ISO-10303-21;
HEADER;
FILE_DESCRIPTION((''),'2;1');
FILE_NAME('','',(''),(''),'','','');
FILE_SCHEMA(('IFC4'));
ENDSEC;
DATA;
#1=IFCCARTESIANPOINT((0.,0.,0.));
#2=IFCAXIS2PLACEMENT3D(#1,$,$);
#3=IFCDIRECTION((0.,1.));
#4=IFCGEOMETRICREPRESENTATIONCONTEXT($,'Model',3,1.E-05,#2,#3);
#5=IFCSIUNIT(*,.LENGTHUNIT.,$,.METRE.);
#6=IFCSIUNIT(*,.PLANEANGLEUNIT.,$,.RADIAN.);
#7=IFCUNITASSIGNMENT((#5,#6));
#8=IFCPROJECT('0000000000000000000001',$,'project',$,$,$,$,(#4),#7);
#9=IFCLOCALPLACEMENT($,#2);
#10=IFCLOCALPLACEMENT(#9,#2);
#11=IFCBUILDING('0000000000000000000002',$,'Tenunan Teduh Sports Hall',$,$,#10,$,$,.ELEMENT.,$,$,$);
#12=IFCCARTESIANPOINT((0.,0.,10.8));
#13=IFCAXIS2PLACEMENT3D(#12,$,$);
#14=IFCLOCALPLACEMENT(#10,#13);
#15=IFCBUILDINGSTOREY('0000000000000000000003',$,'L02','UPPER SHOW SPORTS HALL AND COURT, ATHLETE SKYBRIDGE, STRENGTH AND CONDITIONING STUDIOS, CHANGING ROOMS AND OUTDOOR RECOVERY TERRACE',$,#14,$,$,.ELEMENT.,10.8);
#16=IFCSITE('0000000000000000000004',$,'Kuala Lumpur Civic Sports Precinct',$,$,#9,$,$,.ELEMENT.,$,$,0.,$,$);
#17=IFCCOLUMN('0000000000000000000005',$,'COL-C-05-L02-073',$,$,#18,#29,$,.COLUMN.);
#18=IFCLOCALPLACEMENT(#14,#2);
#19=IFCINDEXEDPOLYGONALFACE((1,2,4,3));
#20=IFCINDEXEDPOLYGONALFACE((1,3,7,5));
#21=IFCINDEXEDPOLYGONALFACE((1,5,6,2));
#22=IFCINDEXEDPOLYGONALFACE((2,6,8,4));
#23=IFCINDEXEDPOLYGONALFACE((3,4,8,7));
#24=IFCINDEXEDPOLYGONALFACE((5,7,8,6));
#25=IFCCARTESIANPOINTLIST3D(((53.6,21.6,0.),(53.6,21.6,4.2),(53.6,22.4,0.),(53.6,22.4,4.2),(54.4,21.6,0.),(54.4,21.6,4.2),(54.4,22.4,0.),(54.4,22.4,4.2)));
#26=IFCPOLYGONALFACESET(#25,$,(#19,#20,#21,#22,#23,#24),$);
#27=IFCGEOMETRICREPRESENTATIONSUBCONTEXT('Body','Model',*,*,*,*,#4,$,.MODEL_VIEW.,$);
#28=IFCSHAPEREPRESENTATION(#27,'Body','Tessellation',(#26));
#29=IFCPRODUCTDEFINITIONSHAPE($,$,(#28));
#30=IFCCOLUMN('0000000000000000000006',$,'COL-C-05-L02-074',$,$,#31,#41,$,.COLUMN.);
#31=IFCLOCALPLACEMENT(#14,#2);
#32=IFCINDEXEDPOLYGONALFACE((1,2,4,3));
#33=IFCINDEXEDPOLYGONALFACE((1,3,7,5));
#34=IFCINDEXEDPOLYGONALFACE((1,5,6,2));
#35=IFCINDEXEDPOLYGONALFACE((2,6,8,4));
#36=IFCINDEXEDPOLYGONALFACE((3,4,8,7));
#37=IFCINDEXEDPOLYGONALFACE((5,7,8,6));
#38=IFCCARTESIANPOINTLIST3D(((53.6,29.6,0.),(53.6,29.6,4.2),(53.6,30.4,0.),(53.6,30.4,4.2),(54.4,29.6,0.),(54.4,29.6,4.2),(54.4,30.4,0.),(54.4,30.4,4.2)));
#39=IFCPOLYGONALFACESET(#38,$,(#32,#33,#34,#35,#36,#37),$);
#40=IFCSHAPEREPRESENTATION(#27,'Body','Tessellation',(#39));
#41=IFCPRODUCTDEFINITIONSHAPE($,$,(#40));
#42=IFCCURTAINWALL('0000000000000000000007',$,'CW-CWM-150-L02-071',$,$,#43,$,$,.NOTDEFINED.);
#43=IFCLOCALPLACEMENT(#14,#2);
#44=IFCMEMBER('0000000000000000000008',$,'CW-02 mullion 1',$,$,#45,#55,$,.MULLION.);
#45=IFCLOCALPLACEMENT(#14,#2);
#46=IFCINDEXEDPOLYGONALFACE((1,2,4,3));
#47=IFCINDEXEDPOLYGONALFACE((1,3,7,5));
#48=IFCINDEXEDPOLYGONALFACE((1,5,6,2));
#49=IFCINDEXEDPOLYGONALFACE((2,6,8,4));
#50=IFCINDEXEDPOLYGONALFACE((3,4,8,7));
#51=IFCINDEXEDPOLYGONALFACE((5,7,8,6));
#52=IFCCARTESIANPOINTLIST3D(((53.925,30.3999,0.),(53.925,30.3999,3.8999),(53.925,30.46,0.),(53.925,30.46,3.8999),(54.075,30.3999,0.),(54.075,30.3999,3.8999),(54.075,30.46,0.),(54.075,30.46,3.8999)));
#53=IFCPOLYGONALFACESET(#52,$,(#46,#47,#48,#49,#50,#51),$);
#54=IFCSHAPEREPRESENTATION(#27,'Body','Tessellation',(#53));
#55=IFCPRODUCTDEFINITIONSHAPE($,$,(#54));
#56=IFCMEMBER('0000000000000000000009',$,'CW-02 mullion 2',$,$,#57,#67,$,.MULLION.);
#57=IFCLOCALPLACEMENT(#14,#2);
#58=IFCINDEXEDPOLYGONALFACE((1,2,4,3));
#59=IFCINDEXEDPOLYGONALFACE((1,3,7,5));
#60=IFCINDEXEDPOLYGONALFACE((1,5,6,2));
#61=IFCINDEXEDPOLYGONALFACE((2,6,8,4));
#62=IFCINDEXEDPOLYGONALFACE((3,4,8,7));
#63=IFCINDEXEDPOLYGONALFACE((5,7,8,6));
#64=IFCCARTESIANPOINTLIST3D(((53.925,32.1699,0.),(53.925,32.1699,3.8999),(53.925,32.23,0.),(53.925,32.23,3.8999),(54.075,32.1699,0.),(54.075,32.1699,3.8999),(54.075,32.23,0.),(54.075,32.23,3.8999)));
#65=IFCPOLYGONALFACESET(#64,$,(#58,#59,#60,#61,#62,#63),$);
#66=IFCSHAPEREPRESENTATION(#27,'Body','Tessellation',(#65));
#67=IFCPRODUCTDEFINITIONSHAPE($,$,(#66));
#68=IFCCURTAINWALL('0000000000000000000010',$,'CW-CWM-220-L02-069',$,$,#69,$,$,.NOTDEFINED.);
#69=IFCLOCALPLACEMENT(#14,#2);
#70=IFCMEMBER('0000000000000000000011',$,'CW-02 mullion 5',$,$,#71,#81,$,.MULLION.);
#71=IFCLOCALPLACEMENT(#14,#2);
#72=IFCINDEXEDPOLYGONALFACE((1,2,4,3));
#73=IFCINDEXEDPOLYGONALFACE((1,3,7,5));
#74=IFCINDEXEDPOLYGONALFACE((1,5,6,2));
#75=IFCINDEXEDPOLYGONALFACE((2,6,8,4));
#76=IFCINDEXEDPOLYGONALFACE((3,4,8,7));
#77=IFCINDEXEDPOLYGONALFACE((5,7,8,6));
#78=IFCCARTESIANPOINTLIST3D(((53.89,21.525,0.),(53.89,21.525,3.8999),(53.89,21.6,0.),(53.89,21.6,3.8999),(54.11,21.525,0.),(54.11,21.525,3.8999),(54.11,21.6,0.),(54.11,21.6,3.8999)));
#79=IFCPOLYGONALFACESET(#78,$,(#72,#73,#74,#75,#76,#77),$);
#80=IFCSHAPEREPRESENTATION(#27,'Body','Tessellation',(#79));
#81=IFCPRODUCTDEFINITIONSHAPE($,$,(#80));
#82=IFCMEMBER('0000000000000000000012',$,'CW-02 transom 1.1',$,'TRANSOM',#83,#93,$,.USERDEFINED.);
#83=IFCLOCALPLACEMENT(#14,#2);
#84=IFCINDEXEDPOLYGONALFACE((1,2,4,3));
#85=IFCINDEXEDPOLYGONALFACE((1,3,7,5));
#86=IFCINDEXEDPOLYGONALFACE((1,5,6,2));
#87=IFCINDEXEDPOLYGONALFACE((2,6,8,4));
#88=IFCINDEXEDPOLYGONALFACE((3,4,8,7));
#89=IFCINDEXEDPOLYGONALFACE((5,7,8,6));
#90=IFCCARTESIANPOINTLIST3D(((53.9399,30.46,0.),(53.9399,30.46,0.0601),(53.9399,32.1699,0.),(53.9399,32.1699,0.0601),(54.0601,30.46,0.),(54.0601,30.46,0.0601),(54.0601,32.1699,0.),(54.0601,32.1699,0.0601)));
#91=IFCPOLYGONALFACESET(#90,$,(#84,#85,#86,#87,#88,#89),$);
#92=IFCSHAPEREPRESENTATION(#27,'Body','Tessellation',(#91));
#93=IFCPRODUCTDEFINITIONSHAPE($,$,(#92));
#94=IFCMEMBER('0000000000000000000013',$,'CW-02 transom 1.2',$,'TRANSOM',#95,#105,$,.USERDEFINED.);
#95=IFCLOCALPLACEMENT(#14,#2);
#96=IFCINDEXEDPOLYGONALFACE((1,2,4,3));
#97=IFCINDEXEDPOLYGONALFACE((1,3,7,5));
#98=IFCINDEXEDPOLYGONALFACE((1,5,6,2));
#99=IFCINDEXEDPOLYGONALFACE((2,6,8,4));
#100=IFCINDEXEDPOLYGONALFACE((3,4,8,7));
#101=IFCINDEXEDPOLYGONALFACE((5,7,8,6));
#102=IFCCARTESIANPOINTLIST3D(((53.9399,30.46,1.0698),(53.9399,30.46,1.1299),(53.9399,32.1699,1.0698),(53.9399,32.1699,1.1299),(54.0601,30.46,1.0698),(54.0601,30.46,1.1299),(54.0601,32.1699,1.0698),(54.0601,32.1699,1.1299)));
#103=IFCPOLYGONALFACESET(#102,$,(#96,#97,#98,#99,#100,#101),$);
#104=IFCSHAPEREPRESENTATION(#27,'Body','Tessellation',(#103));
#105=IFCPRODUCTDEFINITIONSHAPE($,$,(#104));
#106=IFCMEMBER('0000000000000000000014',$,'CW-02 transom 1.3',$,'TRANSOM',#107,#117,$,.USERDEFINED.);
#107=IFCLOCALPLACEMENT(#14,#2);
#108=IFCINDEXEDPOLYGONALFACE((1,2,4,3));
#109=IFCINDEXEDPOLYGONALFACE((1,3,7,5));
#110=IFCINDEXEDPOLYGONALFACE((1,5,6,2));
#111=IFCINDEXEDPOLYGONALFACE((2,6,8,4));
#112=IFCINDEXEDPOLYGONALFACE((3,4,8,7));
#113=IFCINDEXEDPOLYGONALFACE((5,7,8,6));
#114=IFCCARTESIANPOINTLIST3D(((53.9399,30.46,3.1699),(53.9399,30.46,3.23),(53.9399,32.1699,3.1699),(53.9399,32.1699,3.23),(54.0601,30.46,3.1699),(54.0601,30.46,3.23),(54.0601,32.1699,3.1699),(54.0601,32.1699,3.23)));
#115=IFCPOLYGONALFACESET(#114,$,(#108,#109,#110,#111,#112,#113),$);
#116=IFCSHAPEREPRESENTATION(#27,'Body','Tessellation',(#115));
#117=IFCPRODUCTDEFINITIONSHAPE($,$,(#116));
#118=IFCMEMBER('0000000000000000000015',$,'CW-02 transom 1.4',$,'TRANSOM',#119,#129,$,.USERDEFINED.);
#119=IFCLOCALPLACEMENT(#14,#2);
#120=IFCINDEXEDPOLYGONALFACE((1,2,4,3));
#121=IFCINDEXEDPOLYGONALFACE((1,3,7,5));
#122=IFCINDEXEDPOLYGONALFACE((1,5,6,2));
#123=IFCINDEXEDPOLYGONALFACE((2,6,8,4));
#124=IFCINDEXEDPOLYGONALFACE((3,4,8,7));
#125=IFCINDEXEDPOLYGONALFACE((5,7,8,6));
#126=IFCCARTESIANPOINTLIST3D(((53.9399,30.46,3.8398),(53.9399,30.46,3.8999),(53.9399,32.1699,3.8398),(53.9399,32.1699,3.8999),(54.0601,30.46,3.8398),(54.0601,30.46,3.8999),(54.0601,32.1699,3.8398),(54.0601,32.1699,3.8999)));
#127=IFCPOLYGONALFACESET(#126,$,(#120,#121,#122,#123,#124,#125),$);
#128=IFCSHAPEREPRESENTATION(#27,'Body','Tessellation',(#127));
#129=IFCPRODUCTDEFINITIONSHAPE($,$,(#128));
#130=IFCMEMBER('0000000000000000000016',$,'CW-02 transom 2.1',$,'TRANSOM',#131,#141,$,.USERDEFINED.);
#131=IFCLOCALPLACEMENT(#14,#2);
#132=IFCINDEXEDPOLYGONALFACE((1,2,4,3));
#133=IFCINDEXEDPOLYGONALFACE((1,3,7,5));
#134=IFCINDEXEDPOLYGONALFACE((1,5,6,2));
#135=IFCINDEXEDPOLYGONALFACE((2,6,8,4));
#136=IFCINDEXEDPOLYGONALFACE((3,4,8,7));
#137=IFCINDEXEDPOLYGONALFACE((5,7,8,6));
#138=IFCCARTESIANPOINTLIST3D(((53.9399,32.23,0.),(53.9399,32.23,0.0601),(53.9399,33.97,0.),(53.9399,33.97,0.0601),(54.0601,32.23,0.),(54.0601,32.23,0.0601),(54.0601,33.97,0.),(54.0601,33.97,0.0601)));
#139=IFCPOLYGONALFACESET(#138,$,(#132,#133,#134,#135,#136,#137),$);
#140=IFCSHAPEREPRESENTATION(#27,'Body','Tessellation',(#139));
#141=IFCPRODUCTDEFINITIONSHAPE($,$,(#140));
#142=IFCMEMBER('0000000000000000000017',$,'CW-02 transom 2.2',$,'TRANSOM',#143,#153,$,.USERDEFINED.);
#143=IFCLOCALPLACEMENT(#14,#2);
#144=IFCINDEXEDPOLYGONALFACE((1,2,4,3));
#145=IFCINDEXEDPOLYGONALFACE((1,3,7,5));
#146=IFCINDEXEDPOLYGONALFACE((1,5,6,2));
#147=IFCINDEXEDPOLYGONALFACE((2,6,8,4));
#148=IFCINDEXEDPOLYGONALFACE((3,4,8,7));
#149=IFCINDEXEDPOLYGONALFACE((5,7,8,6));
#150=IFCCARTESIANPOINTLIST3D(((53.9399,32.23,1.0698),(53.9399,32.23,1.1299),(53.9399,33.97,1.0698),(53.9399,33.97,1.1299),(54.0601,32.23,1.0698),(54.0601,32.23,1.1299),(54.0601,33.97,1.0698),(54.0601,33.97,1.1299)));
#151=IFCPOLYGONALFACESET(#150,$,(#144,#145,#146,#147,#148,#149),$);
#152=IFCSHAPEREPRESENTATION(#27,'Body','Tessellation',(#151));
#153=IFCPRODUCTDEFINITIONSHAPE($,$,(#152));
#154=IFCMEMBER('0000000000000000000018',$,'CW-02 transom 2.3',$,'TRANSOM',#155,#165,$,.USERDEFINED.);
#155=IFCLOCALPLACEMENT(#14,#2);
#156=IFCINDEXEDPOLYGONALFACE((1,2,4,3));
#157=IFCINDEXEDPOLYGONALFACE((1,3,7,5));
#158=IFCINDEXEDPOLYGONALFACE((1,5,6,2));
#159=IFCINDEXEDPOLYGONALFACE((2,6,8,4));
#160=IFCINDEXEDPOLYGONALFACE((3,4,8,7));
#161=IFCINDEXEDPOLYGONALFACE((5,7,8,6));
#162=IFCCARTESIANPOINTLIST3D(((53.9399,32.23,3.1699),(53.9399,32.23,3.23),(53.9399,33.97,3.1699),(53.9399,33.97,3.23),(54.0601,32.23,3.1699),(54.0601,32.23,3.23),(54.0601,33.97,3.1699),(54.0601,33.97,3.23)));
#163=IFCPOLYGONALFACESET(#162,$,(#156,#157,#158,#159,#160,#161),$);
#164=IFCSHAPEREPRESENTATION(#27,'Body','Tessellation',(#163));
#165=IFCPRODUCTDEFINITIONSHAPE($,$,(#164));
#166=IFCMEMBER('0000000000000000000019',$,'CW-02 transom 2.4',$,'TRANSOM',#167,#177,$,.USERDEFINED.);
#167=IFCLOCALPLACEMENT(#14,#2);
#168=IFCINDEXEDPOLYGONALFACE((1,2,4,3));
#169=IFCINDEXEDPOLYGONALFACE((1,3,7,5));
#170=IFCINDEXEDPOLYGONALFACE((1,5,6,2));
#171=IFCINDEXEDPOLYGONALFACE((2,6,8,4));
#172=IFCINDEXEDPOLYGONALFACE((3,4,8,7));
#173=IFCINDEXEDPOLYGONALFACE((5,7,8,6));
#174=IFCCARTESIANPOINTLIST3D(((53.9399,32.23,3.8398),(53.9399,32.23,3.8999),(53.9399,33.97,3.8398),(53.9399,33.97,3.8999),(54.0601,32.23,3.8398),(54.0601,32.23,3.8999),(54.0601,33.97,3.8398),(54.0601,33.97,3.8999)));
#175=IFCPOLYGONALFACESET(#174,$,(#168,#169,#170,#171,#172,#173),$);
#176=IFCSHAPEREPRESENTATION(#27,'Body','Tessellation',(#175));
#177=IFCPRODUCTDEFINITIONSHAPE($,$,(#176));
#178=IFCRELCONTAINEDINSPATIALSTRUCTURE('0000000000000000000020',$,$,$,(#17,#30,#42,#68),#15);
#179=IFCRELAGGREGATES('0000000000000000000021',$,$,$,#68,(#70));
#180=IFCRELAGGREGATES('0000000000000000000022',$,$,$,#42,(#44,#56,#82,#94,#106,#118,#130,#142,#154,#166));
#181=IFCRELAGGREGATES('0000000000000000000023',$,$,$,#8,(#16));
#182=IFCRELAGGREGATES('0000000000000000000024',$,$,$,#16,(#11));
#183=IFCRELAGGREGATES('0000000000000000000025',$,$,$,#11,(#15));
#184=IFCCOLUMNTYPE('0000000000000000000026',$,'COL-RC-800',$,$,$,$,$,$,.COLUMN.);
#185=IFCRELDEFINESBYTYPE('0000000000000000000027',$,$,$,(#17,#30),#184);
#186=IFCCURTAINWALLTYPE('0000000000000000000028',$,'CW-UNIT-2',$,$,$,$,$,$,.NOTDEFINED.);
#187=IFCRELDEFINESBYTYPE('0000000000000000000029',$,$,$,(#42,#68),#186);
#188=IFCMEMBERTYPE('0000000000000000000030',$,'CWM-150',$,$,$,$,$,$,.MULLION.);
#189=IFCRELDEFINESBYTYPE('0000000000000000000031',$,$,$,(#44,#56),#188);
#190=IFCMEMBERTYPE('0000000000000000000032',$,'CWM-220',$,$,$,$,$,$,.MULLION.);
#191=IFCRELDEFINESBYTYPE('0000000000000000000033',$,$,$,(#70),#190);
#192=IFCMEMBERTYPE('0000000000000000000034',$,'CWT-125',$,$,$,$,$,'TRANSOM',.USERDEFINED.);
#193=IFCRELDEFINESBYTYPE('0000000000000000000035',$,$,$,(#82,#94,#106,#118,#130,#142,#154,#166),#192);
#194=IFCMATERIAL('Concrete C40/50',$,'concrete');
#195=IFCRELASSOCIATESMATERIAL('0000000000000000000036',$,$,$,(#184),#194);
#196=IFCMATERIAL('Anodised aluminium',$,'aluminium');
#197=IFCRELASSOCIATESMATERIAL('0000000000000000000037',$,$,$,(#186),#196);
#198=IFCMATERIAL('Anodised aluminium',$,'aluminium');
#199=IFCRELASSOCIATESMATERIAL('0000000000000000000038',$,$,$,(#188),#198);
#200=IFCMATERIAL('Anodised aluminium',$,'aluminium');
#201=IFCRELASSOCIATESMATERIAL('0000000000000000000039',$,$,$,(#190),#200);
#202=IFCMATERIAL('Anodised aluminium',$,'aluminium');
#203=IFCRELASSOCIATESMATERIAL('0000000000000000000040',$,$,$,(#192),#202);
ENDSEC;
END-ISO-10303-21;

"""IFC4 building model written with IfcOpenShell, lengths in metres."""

from ifc_helpers import new_model, si_unit, direction, frame, origin, origin_2d, place, context, subcontext, project, spatial, rectangle, extrude, material, material_profile, profile_set, type_object, element, aggregate, save


model = new_model("IFC4")

# Units and contexts
model_context = context("Model", 3, precision=1e-05, world=origin(), true_north=direction((0.0, 1.0)))
body_context = subcontext(model_context, "Body", "Model", "MODEL_VIEW")
ifc_project = project(units=[si_unit("LENGTHUNIT", "METRE"), si_unit("PLANEANGLEUNIT", "RADIAN")], contexts=[model_context])

# Site, building, storey
site_placement = place(None, origin())
site = spatial("IfcSite", under=ifc_project, at=site_placement, Name="Kuala Lumpur Civic Sports Precinct", CompositionType="ELEMENT", RefElevation=0.0)
building_placement = place(site_placement, origin())
building = spatial("IfcBuilding", under=site, at=building_placement, Name="Tenunan Teduh Sports Hall", CompositionType="ELEMENT")
storey_placement = place(building_placement, frame((0.0, 0.0, 10.8)))
storey = spatial("IfcBuildingStorey", under=building, at=storey_placement, Name="L02", Description="UPPER SHOW SPORTS HALL AND COURT, ATHLETE SKYBRIDGE, STRENGTH AND CONDITIONING STUDIOS, CHANGING ROOMS AND OUTDOOR RECOVERY TERRACE", CompositionType="ELEMENT", Elevation=10.8)

# Columns
ifc_material_1 = material(Name="Concrete C40/50", Category="concrete")
ifc_material_profile_1 = material_profile(ifc_material_1, rectangle(XDim=0.8, YDim=0.8, at=origin_2d()), Name="RC 800x800")
ifc_profile_set_1 = profile_set([ifc_material_profile_1], Name="Concrete C40/50")
column_type = type_object("IfcColumnType", Name="COL-RC-800", PredefinedType="COLUMN", material=ifc_profile_set_1)
for number, where, z_axis, x_axis, name in (
    (1, (54.0, 22.0, 0.0), (0.0, 0.0, 1.0), (1.0, 0.0, 0.0), "COL-C-05-L02-073"),
    (2, (54.0, 30.0, 0.0), (0.0, 0.0, 1.0), (1.0, 0.0, 0.0), "COL-C-05-L02-074"),
):
    element("IfcColumn", number, at=place(storey_placement, frame(where, z_axis=z_axis, x_axis=x_axis)), inside=storey, type_object=column_type, Name=name, PredefinedType="COLUMN", context=body_context, shape_type="SweptSolid", body=[
        extrude(rectangle(XDim=0.8, YDim=0.8, at=origin_2d()), origin(), (0.0, 0.0, 1.0), 4.2),
    ])

# Curtain wall, members
ifc_material_2 = material(Name="Anodised aluminium", Category="aluminium")
curtain_wall_type = type_object("IfcCurtainWallType", Name="CW-UNIT-2", PredefinedType="NOTDEFINED", material=ifc_material_2)
curtain_wall_1_placement = place(storey_placement, origin())
curtain_wall_1 = element("IfcCurtainWall", 3, at=curtain_wall_1_placement, inside=storey, type_object=curtain_wall_type, Name="CW-CWM-150-L02-071", PredefinedType="NOTDEFINED")
ifc_material_3 = material(Name="Anodised aluminium", Category="aluminium")
ifc_material_profile_2 = material_profile(ifc_material_3, rectangle(XDim=0.0601, YDim=0.1499, at=origin_2d()), Name="CWM 60x150")
ifc_profile_set_2 = profile_set([ifc_material_profile_2], Name="Anodised aluminium")
member_type_1 = type_object("IfcMemberType", Name="CWM-150", PredefinedType="MULLION", material=ifc_profile_set_2)
member_1_placement = place(storey_placement, frame((54.0, 30.4299, 0.0), z_axis=(0.0, 0.0, 1.0), x_axis=(0.0, 1.0, 0.0)))
member_1 = element("IfcMember", 4, at=member_1_placement, type_object=member_type_1, Name="CW-02 mullion 1", PredefinedType="MULLION", context=body_context, shape_type="SweptSolid", body=[
    extrude(rectangle(XDim=0.0601, YDim=0.1499, at=origin_2d()), origin(), (0.0, 0.0, 1.0), 3.8999),
])
member_2_placement = place(storey_placement, frame((54.0, 32.2, 0.0), z_axis=(0.0, 0.0, 1.0), x_axis=(0.0, 1.0, 0.0)))
member_2 = element("IfcMember", 5, at=member_2_placement, type_object=member_type_1, Name="CW-02 mullion 2", PredefinedType="MULLION", context=body_context, shape_type="SweptSolid", body=[
    extrude(rectangle(XDim=0.0601, YDim=0.1499, at=origin_2d()), origin(), (0.0, 0.0, 1.0), 3.8999),
])

# Curtain wall, member
curtain_wall_2_placement = place(storey_placement, origin())
curtain_wall_2 = element("IfcCurtainWall", 6, at=curtain_wall_2_placement, inside=storey, type_object=curtain_wall_type, Name="CW-CWM-220-L02-069", PredefinedType="NOTDEFINED")
ifc_material_4 = material(Name="Anodised aluminium", Category="aluminium")
ifc_material_profile_3 = material_profile(ifc_material_4, rectangle(XDim=0.075, YDim=0.22, at=origin_2d()), Name="CWM 75x220")
ifc_profile_set_3 = profile_set([ifc_material_profile_3], Name="Anodised aluminium")
member_type_2 = type_object("IfcMemberType", Name="CWM-220", PredefinedType="MULLION", material=ifc_profile_set_3)
member_3_placement = place(storey_placement, frame((54.0, 21.5625, 0.0), z_axis=(0.0, 0.0, 1.0), x_axis=(0.0, 1.0, 0.0)))
member_3 = element("IfcMember", 7, at=member_3_placement, type_object=member_type_2, Name="CW-02 mullion 5", PredefinedType="MULLION", context=body_context, shape_type="SweptSolid", body=[
    extrude(rectangle(XDim=0.075, YDim=0.22, at=origin_2d()), origin(), (0.0, 0.0, 1.0), 3.8999),
])

# Members
ifc_material_5 = material(Name="Anodised aluminium", Category="aluminium")
ifc_material_profile_4 = material_profile(ifc_material_5, rectangle(XDim=0.0601, YDim=0.1201, at=origin_2d()), Name="CWT 60x120")
ifc_profile_set_4 = profile_set([ifc_material_profile_4], Name="Anodised aluminium")
member_type_3 = type_object("IfcMemberType", Name="CWT-125", ElementType="TRANSOM", PredefinedType="USERDEFINED", material=ifc_profile_set_4)
member_4_placement = place(storey_placement, frame((54.0, 30.46, 0.03), z_axis=(0.0, 1.0, 0.0), x_axis=(0.0, 0.0, 1.0)))
member_4 = element("IfcMember", 8, at=member_4_placement, type_object=member_type_3, Name="CW-02 transom 1.1", ObjectType="TRANSOM", PredefinedType="USERDEFINED", context=body_context, shape_type="SweptSolid", body=[
    extrude(rectangle(XDim=0.0601, YDim=0.1201, at=origin_2d()), origin(), (0.0, 0.0, 1.0), 1.71),
])
member_5_placement = place(storey_placement, frame((54.0, 30.46, 1.0999), z_axis=(0.0, 1.0, 0.0), x_axis=(0.0, 0.0, 1.0)))
member_5 = element("IfcMember", 9, at=member_5_placement, type_object=member_type_3, Name="CW-02 transom 1.2", ObjectType="TRANSOM", PredefinedType="USERDEFINED", context=body_context, shape_type="SweptSolid", body=[
    extrude(rectangle(XDim=0.0601, YDim=0.1201, at=origin_2d()), origin(), (0.0, 0.0, 1.0), 1.71),
])
member_6_placement = place(storey_placement, frame((54.0, 30.46, 3.2), z_axis=(0.0, 1.0, 0.0), x_axis=(0.0, 0.0, 1.0)))
member_6 = element("IfcMember", 10, at=member_6_placement, type_object=member_type_3, Name="CW-02 transom 1.3", ObjectType="TRANSOM", PredefinedType="USERDEFINED", context=body_context, shape_type="SweptSolid", body=[
    extrude(rectangle(XDim=0.0601, YDim=0.1201, at=origin_2d()), origin(), (0.0, 0.0, 1.0), 1.71),
])
member_7_placement = place(storey_placement, frame((54.0, 30.46, 3.8699), z_axis=(0.0, 1.0, 0.0), x_axis=(0.0, 0.0, 1.0)))
member_7 = element("IfcMember", 11, at=member_7_placement, type_object=member_type_3, Name="CW-02 transom 1.4", ObjectType="TRANSOM", PredefinedType="USERDEFINED", context=body_context, shape_type="SweptSolid", body=[
    extrude(rectangle(XDim=0.0601, YDim=0.1201, at=origin_2d()), origin(), (0.0, 0.0, 1.0), 1.71),
])
member_8_placement = place(storey_placement, frame((54.0, 32.23, 0.03), z_axis=(0.0, 1.0, 0.0), x_axis=(0.0, 0.0, 1.0)))
member_8 = element("IfcMember", 12, at=member_8_placement, type_object=member_type_3, Name="CW-02 transom 2.1", ObjectType="TRANSOM", PredefinedType="USERDEFINED", context=body_context, shape_type="SweptSolid", body=[
    extrude(rectangle(XDim=0.0601, YDim=0.1201, at=origin_2d()), origin(), (0.0, 0.0, 1.0), 1.74),
])
member_9_placement = place(storey_placement, frame((54.0, 32.23, 1.0999), z_axis=(0.0, 1.0, 0.0), x_axis=(0.0, 0.0, 1.0)))
member_9 = element("IfcMember", 13, at=member_9_placement, type_object=member_type_3, Name="CW-02 transom 2.2", ObjectType="TRANSOM", PredefinedType="USERDEFINED", context=body_context, shape_type="SweptSolid", body=[
    extrude(rectangle(XDim=0.0601, YDim=0.1201, at=origin_2d()), origin(), (0.0, 0.0, 1.0), 1.74),
])
member_10_placement = place(storey_placement, frame((54.0, 32.23, 3.2), z_axis=(0.0, 1.0, 0.0), x_axis=(0.0, 0.0, 1.0)))
member_10 = element("IfcMember", 14, at=member_10_placement, type_object=member_type_3, Name="CW-02 transom 2.3", ObjectType="TRANSOM", PredefinedType="USERDEFINED", context=body_context, shape_type="SweptSolid", body=[
    extrude(rectangle(XDim=0.0601, YDim=0.1201, at=origin_2d()), origin(), (0.0, 0.0, 1.0), 1.74),
])
member_11_placement = place(storey_placement, frame((54.0, 32.23, 3.8699), z_axis=(0.0, 1.0, 0.0), x_axis=(0.0, 0.0, 1.0)))
member_11 = element("IfcMember", 15, at=member_11_placement, type_object=member_type_3, Name="CW-02 transom 2.4", ObjectType="TRANSOM", PredefinedType="USERDEFINED", context=body_context, shape_type="SweptSolid", body=[
    extrude(rectangle(XDim=0.0601, YDim=0.1201, at=origin_2d()), origin(), (0.0, 0.0, 1.0), 1.74),
])

aggregate(curtain_wall_2, [member_3])
aggregate(curtain_wall_1, [member_1, member_2, member_4, member_5, member_6, member_7, member_8, member_9, member_10, member_11])

save(model, "model.ifc")
